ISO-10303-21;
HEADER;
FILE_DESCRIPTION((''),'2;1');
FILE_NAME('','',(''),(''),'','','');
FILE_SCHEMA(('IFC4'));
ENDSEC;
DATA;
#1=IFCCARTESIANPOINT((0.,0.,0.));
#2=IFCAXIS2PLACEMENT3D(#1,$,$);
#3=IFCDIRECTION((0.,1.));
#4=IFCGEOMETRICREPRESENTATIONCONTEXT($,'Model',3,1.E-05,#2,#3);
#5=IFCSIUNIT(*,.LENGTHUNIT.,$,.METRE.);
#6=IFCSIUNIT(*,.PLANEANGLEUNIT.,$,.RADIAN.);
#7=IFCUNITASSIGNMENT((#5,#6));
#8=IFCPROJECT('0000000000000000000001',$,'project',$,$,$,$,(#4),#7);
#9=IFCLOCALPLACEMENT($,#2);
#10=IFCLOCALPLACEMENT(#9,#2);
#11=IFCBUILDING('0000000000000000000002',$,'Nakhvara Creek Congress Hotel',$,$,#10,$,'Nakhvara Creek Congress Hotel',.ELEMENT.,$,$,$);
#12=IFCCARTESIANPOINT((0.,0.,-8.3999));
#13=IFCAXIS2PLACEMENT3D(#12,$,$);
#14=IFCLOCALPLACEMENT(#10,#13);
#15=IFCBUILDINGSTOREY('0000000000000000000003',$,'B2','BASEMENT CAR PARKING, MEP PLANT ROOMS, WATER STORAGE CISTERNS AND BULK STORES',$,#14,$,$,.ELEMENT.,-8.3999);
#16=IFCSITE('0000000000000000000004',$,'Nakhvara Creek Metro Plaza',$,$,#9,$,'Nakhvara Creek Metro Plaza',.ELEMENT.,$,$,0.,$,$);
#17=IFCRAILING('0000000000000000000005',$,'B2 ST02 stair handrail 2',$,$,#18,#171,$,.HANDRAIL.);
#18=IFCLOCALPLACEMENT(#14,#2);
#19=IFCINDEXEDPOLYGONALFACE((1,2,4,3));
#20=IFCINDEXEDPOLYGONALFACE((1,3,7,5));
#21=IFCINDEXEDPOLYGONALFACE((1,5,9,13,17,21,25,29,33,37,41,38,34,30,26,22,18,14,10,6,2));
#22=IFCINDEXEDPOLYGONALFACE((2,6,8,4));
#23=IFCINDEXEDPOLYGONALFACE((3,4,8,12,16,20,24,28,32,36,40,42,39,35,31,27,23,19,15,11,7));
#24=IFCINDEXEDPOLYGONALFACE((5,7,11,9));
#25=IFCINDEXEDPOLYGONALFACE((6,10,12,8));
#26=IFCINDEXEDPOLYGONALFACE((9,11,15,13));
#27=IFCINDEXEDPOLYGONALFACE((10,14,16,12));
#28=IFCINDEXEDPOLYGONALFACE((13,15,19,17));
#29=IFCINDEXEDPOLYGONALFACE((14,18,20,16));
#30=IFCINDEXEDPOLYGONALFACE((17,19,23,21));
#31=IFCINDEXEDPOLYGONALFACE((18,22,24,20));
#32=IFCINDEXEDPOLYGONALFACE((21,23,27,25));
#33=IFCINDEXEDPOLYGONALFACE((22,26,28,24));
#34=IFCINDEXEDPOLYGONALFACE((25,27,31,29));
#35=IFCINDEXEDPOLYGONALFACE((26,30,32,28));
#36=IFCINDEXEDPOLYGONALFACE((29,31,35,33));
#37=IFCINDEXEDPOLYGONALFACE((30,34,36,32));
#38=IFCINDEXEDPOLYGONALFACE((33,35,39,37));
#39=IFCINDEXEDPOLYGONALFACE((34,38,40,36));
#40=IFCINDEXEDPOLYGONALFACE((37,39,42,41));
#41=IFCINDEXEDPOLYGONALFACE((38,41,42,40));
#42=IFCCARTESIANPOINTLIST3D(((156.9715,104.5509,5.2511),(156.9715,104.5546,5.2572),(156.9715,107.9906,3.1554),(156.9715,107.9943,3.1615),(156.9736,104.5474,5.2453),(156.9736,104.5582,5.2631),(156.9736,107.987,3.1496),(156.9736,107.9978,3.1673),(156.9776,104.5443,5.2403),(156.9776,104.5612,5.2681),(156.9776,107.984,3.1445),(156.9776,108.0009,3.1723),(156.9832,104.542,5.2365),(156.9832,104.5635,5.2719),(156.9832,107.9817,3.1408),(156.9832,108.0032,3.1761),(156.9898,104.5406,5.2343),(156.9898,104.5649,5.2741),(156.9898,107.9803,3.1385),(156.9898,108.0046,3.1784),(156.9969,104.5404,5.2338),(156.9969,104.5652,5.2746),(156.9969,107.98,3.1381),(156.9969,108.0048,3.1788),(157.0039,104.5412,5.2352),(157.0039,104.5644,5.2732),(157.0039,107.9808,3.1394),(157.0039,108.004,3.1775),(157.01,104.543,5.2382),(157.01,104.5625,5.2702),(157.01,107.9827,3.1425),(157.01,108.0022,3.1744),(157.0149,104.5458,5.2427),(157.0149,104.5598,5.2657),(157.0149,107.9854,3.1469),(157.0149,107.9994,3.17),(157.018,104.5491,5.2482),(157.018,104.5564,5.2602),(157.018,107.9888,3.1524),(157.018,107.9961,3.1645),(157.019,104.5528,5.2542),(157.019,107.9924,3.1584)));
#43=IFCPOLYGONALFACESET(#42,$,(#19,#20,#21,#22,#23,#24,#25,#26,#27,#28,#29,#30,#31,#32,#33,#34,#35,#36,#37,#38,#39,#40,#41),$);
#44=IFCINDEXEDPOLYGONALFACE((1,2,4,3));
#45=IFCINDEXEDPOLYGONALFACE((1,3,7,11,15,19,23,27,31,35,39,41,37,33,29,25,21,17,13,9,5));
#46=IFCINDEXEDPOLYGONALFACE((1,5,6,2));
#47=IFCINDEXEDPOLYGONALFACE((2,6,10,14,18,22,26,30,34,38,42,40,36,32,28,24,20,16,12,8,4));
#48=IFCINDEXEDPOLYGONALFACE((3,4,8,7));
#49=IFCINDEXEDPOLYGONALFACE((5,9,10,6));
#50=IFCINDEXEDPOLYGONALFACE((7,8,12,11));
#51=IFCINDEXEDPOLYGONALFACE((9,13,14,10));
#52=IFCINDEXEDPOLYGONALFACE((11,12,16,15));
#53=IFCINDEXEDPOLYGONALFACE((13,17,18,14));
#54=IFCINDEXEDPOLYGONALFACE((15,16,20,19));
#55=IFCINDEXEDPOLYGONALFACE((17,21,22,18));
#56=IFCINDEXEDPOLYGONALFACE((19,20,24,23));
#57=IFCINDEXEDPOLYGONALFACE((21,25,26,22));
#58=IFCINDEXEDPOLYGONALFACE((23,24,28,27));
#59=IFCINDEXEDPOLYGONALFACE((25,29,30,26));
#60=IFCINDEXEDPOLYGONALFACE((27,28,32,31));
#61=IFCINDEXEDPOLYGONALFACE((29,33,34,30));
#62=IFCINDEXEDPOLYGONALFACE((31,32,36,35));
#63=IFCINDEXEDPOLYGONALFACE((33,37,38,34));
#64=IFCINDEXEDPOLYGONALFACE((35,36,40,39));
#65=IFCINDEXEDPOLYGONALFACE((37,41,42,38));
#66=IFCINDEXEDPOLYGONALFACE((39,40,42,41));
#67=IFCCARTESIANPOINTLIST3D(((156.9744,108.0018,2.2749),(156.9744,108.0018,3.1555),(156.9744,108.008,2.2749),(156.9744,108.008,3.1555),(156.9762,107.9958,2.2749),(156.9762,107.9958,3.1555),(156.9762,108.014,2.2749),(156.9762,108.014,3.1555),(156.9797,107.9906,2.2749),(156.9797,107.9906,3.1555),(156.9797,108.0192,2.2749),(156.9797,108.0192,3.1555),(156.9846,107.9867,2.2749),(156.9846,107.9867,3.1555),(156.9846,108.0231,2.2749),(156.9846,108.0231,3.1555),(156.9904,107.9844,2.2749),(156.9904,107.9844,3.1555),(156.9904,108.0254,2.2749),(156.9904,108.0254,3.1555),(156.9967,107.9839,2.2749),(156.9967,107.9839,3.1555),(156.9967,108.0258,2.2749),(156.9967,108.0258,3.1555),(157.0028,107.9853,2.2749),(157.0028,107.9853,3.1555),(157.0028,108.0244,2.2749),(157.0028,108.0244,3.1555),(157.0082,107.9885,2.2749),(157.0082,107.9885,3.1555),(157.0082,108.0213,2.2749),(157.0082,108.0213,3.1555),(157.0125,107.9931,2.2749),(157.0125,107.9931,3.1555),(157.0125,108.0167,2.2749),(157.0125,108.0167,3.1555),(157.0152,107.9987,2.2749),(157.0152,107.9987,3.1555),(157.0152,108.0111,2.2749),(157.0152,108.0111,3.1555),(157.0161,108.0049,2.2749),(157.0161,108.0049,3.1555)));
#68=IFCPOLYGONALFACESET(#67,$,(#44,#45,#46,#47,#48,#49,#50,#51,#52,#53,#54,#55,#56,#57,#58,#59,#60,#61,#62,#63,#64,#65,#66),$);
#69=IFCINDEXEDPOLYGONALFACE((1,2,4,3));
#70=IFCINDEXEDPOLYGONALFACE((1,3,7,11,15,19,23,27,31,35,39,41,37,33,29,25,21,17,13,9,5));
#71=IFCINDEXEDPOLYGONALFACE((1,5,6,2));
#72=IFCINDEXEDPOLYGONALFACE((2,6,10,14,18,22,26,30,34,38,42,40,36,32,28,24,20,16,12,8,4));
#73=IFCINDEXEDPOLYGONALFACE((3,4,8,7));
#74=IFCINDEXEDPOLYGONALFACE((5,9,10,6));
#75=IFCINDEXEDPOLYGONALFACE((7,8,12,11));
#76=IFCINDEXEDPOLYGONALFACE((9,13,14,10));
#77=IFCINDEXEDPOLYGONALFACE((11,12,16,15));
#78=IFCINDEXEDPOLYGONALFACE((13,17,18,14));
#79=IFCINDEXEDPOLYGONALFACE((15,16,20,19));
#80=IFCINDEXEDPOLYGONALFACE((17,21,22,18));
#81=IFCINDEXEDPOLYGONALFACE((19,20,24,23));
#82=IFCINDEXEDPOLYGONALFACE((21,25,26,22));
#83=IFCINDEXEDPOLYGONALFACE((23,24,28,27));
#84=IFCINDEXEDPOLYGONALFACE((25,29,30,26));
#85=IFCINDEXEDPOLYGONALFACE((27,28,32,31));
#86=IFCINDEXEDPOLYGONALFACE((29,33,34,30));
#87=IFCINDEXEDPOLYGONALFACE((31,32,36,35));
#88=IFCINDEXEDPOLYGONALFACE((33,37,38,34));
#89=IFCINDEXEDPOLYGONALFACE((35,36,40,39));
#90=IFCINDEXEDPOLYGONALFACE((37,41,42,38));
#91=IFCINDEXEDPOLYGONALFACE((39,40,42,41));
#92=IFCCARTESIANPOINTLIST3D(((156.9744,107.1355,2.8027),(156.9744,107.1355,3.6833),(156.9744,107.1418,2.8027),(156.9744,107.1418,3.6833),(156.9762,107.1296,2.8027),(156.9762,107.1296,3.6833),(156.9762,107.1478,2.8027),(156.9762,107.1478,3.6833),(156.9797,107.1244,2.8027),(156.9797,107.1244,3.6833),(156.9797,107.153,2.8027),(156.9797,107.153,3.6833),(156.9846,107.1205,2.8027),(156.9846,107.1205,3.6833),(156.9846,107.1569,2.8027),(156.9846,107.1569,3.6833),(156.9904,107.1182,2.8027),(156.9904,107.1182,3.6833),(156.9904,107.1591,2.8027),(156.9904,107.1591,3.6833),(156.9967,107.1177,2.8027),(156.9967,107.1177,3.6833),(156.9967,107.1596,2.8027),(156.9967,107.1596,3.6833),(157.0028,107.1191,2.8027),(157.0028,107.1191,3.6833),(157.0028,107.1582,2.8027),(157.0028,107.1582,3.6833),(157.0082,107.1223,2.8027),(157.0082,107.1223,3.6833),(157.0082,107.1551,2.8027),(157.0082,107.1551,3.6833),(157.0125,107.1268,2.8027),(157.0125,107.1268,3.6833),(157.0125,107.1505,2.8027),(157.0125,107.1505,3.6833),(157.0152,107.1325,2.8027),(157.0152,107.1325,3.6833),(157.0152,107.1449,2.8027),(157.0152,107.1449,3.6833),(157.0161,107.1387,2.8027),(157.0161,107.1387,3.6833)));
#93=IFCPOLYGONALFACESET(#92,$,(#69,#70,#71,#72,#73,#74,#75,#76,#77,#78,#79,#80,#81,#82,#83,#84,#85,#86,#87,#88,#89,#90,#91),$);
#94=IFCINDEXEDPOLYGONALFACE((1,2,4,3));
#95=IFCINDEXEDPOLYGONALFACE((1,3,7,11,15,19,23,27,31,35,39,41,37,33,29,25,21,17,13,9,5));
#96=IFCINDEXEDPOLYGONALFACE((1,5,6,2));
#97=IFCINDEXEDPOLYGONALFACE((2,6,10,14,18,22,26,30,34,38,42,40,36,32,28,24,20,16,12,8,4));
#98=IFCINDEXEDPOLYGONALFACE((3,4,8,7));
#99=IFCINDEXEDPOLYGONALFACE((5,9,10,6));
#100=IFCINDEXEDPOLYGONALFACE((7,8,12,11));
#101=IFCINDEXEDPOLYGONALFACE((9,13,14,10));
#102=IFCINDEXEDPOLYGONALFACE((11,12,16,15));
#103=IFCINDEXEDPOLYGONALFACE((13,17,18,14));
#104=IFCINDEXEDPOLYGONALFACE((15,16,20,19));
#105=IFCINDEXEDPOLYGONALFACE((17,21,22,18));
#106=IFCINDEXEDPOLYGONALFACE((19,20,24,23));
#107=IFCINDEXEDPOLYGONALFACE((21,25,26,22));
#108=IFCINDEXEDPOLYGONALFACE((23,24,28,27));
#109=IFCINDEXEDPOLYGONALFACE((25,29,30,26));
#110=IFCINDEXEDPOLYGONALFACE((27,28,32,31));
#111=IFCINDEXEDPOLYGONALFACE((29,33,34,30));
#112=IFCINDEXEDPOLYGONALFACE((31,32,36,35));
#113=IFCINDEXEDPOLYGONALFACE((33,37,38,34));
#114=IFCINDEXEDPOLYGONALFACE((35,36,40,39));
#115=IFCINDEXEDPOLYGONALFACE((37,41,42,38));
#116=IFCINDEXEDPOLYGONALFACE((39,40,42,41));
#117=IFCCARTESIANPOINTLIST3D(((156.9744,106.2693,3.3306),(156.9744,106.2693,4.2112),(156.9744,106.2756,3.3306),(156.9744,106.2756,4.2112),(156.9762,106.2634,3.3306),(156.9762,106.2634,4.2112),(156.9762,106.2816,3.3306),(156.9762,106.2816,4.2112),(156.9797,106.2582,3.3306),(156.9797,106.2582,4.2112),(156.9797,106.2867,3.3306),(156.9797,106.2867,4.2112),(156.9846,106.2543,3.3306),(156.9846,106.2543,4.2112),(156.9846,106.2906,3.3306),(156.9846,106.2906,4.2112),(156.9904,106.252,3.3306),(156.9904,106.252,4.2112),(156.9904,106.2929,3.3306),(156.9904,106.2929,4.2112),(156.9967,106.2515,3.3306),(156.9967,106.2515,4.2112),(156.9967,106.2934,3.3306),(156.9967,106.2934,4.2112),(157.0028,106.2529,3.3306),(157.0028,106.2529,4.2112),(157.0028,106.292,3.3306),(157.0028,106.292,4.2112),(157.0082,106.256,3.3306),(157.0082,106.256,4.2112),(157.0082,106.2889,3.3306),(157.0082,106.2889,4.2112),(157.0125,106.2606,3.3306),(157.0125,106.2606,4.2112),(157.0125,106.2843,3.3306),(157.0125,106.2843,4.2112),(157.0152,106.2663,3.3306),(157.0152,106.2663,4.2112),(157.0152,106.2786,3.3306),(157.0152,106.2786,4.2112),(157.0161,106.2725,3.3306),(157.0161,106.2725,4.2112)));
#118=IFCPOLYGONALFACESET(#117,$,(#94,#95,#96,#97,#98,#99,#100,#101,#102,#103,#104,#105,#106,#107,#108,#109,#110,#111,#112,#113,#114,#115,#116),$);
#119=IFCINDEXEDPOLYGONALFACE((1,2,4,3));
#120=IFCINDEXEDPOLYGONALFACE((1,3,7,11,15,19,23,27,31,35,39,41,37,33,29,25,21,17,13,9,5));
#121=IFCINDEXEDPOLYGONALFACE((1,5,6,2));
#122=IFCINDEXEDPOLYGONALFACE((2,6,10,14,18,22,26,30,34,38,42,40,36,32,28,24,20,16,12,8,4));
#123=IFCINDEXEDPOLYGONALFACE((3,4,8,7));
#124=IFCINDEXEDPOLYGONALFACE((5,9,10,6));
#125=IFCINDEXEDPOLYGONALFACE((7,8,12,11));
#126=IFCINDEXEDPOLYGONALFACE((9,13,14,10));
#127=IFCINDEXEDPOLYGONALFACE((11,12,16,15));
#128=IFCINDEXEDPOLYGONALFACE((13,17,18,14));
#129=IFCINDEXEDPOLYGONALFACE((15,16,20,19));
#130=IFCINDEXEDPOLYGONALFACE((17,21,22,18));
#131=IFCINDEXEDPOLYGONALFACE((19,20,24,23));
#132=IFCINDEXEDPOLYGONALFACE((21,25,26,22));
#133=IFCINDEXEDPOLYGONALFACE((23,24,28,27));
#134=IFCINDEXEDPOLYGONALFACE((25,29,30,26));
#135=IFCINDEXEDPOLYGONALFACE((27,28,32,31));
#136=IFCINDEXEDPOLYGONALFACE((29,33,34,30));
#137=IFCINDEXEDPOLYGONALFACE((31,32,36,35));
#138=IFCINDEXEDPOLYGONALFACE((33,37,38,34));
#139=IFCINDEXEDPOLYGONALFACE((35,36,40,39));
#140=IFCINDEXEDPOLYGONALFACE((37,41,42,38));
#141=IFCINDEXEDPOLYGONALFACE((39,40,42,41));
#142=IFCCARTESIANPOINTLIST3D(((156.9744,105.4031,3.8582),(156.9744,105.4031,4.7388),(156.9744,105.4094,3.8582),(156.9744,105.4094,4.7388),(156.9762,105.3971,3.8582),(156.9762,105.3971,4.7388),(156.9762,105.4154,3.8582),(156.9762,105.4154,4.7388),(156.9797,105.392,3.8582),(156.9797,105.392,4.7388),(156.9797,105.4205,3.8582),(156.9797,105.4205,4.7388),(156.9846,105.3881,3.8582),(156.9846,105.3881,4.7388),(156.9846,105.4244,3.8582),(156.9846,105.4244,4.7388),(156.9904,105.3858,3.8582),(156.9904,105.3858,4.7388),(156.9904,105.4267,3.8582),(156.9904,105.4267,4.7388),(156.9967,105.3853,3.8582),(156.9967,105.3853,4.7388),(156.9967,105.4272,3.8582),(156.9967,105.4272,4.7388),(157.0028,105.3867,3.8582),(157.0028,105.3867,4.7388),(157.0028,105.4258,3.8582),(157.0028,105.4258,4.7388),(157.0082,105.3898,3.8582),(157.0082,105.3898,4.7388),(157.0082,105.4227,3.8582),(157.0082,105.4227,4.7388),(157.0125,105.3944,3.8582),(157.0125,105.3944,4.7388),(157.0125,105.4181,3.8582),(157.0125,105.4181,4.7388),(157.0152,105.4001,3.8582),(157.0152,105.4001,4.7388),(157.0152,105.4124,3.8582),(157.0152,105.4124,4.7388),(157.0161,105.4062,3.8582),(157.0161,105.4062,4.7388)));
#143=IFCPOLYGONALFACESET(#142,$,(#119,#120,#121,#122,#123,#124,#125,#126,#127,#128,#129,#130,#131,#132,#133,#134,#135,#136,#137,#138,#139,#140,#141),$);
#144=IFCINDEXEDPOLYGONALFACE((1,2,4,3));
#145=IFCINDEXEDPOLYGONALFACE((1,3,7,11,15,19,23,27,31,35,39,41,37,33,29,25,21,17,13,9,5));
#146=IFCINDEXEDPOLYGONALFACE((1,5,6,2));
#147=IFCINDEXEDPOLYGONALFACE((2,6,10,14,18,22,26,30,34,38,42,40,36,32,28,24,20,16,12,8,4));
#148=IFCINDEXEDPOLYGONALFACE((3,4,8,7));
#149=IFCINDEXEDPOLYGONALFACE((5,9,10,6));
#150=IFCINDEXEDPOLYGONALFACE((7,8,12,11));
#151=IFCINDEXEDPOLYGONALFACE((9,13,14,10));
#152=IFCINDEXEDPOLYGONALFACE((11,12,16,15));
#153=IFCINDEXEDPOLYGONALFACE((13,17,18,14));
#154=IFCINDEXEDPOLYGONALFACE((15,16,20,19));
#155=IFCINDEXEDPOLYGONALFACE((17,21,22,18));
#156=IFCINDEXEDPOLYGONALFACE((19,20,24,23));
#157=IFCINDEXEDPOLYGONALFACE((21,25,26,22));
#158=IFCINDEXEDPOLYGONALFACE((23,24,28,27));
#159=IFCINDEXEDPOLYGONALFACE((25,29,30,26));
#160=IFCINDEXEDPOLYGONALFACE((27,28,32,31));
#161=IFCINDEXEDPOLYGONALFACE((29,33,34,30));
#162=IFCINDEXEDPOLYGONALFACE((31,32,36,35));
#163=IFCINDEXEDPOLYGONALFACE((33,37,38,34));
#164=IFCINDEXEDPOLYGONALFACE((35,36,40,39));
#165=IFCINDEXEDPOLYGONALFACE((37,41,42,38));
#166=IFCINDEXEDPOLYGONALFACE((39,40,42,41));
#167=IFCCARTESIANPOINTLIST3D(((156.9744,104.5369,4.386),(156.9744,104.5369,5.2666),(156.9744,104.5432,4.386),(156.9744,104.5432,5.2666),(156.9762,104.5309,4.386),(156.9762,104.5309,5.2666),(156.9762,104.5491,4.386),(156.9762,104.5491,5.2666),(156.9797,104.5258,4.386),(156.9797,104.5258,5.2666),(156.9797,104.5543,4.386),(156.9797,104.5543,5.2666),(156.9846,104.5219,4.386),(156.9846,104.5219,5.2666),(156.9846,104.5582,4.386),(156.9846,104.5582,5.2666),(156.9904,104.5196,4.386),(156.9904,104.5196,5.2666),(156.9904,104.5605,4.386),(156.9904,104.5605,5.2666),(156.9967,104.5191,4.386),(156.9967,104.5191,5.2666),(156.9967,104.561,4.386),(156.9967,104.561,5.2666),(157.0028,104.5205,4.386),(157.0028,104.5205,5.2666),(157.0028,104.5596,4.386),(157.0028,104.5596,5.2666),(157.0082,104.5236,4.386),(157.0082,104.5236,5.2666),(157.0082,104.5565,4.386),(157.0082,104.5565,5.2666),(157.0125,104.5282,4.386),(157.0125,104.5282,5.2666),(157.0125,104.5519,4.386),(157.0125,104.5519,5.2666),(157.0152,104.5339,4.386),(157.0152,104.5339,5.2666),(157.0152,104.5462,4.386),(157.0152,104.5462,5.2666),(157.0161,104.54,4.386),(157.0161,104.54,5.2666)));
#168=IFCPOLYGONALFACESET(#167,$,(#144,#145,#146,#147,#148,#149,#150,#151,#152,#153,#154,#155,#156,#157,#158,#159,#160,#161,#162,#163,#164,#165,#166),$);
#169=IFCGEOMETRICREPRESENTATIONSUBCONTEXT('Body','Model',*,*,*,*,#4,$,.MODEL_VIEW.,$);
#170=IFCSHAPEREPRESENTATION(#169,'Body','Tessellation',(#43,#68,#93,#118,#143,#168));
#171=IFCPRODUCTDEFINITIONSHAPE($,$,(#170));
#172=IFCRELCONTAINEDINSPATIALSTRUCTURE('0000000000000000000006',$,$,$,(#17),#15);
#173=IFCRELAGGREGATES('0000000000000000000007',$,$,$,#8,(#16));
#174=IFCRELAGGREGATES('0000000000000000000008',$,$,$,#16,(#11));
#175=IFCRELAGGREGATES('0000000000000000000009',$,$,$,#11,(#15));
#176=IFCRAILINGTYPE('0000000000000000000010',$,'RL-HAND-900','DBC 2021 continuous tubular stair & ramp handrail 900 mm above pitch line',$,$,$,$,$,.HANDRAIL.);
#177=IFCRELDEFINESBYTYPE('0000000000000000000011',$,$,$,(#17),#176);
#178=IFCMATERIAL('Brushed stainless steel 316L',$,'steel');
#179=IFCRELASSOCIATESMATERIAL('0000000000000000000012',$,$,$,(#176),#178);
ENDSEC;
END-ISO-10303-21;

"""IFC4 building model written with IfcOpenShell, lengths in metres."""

from ifc_helpers import new_model, si_unit, direction, frame, origin, origin_2d, place, context, subcontext, project, spatial, circle, extrude, material, type_object, element, save


model = new_model("IFC4")

# Units and contexts
model_context = context("Model", 3, precision=1e-05, world=origin(), true_north=direction((0.0, 1.0)))
body_context = subcontext(model_context, "Body", "Model", "MODEL_VIEW")
ifc_project = project(units=[si_unit("LENGTHUNIT", "METRE"), si_unit("PLANEANGLEUNIT", "RADIAN")], contexts=[model_context])

# Site, building, storey
site_placement = place(None, origin())
site = spatial("IfcSite", under=ifc_project, at=site_placement, Name="Nakhvara Creek Metro Plaza", LongName="Nakhvara Creek Metro Plaza", CompositionType="ELEMENT", RefElevation=0.0)
building_placement = place(site_placement, origin())
building = spatial("IfcBuilding", under=site, at=building_placement, Name="Nakhvara Creek Congress Hotel", LongName="Nakhvara Creek Congress Hotel", CompositionType="ELEMENT")
storey_placement = place(building_placement, frame((0.0, 0.0, -8.3999)))
storey = spatial("IfcBuildingStorey", under=building, at=storey_placement, Name="B2", Description="BASEMENT CAR PARKING, MEP PLANT ROOMS, WATER STORAGE CISTERNS AND BULK STORES", CompositionType="ELEMENT", Elevation=-8.3999)

# Railing
ifc_material_1 = material(Name="Brushed stainless steel 316L", Category="steel")
railing_type_1 = type_object("IfcRailingType", Name="RL-HAND-900", Description="DBC 2021 continuous tubular stair & ramp handrail 900 mm above pitch line", PredefinedType="HANDRAIL", material=ifc_material_1)
railing_1_placement = place(storey_placement, frame((156.9951, 108.0049, 2.2749)))
element("IfcRailing", 1, at=railing_1_placement, inside=storey, type_object=railing_type_1, Name="B2 ST02 stair handrail 2", PredefinedType="HANDRAIL", context=body_context, shape_type="SweptSolid", body=[
    extrude(circle(Radius=0.0239, at=origin_2d()), frame((0.0, -0.0125, 0.8835), z_axis=(0.0, -0.853974, 0.520315), x_axis=(1.0, 0.0, 0.0)), (0.0, 0.0, 1.0), 4.0278),
    extrude(circle(Radius=0.021, at=origin_2d()), origin(), (0.0, 0.0, 1.0), 0.8806),
    extrude(circle(Radius=0.021, at=origin_2d()), frame((0.0, -0.8662, 0.5278)), (0.0, 0.0, 1.0), 0.8806),
    extrude(circle(Radius=0.021, at=origin_2d()), frame((0.0, -1.7324, 1.0557)), (0.0, 0.0, 1.0), 0.8806),
    extrude(circle(Radius=0.021, at=origin_2d()), frame((0.0, -2.5986, 1.5833)), (0.0, 0.0, 1.0), 0.8806),
    extrude(circle(Radius=0.021, at=origin_2d()), frame((0.0, -3.4648, 2.1111)), (0.0, 0.0, 1.0), 0.8806),
])

save(model, "model.ifc")
